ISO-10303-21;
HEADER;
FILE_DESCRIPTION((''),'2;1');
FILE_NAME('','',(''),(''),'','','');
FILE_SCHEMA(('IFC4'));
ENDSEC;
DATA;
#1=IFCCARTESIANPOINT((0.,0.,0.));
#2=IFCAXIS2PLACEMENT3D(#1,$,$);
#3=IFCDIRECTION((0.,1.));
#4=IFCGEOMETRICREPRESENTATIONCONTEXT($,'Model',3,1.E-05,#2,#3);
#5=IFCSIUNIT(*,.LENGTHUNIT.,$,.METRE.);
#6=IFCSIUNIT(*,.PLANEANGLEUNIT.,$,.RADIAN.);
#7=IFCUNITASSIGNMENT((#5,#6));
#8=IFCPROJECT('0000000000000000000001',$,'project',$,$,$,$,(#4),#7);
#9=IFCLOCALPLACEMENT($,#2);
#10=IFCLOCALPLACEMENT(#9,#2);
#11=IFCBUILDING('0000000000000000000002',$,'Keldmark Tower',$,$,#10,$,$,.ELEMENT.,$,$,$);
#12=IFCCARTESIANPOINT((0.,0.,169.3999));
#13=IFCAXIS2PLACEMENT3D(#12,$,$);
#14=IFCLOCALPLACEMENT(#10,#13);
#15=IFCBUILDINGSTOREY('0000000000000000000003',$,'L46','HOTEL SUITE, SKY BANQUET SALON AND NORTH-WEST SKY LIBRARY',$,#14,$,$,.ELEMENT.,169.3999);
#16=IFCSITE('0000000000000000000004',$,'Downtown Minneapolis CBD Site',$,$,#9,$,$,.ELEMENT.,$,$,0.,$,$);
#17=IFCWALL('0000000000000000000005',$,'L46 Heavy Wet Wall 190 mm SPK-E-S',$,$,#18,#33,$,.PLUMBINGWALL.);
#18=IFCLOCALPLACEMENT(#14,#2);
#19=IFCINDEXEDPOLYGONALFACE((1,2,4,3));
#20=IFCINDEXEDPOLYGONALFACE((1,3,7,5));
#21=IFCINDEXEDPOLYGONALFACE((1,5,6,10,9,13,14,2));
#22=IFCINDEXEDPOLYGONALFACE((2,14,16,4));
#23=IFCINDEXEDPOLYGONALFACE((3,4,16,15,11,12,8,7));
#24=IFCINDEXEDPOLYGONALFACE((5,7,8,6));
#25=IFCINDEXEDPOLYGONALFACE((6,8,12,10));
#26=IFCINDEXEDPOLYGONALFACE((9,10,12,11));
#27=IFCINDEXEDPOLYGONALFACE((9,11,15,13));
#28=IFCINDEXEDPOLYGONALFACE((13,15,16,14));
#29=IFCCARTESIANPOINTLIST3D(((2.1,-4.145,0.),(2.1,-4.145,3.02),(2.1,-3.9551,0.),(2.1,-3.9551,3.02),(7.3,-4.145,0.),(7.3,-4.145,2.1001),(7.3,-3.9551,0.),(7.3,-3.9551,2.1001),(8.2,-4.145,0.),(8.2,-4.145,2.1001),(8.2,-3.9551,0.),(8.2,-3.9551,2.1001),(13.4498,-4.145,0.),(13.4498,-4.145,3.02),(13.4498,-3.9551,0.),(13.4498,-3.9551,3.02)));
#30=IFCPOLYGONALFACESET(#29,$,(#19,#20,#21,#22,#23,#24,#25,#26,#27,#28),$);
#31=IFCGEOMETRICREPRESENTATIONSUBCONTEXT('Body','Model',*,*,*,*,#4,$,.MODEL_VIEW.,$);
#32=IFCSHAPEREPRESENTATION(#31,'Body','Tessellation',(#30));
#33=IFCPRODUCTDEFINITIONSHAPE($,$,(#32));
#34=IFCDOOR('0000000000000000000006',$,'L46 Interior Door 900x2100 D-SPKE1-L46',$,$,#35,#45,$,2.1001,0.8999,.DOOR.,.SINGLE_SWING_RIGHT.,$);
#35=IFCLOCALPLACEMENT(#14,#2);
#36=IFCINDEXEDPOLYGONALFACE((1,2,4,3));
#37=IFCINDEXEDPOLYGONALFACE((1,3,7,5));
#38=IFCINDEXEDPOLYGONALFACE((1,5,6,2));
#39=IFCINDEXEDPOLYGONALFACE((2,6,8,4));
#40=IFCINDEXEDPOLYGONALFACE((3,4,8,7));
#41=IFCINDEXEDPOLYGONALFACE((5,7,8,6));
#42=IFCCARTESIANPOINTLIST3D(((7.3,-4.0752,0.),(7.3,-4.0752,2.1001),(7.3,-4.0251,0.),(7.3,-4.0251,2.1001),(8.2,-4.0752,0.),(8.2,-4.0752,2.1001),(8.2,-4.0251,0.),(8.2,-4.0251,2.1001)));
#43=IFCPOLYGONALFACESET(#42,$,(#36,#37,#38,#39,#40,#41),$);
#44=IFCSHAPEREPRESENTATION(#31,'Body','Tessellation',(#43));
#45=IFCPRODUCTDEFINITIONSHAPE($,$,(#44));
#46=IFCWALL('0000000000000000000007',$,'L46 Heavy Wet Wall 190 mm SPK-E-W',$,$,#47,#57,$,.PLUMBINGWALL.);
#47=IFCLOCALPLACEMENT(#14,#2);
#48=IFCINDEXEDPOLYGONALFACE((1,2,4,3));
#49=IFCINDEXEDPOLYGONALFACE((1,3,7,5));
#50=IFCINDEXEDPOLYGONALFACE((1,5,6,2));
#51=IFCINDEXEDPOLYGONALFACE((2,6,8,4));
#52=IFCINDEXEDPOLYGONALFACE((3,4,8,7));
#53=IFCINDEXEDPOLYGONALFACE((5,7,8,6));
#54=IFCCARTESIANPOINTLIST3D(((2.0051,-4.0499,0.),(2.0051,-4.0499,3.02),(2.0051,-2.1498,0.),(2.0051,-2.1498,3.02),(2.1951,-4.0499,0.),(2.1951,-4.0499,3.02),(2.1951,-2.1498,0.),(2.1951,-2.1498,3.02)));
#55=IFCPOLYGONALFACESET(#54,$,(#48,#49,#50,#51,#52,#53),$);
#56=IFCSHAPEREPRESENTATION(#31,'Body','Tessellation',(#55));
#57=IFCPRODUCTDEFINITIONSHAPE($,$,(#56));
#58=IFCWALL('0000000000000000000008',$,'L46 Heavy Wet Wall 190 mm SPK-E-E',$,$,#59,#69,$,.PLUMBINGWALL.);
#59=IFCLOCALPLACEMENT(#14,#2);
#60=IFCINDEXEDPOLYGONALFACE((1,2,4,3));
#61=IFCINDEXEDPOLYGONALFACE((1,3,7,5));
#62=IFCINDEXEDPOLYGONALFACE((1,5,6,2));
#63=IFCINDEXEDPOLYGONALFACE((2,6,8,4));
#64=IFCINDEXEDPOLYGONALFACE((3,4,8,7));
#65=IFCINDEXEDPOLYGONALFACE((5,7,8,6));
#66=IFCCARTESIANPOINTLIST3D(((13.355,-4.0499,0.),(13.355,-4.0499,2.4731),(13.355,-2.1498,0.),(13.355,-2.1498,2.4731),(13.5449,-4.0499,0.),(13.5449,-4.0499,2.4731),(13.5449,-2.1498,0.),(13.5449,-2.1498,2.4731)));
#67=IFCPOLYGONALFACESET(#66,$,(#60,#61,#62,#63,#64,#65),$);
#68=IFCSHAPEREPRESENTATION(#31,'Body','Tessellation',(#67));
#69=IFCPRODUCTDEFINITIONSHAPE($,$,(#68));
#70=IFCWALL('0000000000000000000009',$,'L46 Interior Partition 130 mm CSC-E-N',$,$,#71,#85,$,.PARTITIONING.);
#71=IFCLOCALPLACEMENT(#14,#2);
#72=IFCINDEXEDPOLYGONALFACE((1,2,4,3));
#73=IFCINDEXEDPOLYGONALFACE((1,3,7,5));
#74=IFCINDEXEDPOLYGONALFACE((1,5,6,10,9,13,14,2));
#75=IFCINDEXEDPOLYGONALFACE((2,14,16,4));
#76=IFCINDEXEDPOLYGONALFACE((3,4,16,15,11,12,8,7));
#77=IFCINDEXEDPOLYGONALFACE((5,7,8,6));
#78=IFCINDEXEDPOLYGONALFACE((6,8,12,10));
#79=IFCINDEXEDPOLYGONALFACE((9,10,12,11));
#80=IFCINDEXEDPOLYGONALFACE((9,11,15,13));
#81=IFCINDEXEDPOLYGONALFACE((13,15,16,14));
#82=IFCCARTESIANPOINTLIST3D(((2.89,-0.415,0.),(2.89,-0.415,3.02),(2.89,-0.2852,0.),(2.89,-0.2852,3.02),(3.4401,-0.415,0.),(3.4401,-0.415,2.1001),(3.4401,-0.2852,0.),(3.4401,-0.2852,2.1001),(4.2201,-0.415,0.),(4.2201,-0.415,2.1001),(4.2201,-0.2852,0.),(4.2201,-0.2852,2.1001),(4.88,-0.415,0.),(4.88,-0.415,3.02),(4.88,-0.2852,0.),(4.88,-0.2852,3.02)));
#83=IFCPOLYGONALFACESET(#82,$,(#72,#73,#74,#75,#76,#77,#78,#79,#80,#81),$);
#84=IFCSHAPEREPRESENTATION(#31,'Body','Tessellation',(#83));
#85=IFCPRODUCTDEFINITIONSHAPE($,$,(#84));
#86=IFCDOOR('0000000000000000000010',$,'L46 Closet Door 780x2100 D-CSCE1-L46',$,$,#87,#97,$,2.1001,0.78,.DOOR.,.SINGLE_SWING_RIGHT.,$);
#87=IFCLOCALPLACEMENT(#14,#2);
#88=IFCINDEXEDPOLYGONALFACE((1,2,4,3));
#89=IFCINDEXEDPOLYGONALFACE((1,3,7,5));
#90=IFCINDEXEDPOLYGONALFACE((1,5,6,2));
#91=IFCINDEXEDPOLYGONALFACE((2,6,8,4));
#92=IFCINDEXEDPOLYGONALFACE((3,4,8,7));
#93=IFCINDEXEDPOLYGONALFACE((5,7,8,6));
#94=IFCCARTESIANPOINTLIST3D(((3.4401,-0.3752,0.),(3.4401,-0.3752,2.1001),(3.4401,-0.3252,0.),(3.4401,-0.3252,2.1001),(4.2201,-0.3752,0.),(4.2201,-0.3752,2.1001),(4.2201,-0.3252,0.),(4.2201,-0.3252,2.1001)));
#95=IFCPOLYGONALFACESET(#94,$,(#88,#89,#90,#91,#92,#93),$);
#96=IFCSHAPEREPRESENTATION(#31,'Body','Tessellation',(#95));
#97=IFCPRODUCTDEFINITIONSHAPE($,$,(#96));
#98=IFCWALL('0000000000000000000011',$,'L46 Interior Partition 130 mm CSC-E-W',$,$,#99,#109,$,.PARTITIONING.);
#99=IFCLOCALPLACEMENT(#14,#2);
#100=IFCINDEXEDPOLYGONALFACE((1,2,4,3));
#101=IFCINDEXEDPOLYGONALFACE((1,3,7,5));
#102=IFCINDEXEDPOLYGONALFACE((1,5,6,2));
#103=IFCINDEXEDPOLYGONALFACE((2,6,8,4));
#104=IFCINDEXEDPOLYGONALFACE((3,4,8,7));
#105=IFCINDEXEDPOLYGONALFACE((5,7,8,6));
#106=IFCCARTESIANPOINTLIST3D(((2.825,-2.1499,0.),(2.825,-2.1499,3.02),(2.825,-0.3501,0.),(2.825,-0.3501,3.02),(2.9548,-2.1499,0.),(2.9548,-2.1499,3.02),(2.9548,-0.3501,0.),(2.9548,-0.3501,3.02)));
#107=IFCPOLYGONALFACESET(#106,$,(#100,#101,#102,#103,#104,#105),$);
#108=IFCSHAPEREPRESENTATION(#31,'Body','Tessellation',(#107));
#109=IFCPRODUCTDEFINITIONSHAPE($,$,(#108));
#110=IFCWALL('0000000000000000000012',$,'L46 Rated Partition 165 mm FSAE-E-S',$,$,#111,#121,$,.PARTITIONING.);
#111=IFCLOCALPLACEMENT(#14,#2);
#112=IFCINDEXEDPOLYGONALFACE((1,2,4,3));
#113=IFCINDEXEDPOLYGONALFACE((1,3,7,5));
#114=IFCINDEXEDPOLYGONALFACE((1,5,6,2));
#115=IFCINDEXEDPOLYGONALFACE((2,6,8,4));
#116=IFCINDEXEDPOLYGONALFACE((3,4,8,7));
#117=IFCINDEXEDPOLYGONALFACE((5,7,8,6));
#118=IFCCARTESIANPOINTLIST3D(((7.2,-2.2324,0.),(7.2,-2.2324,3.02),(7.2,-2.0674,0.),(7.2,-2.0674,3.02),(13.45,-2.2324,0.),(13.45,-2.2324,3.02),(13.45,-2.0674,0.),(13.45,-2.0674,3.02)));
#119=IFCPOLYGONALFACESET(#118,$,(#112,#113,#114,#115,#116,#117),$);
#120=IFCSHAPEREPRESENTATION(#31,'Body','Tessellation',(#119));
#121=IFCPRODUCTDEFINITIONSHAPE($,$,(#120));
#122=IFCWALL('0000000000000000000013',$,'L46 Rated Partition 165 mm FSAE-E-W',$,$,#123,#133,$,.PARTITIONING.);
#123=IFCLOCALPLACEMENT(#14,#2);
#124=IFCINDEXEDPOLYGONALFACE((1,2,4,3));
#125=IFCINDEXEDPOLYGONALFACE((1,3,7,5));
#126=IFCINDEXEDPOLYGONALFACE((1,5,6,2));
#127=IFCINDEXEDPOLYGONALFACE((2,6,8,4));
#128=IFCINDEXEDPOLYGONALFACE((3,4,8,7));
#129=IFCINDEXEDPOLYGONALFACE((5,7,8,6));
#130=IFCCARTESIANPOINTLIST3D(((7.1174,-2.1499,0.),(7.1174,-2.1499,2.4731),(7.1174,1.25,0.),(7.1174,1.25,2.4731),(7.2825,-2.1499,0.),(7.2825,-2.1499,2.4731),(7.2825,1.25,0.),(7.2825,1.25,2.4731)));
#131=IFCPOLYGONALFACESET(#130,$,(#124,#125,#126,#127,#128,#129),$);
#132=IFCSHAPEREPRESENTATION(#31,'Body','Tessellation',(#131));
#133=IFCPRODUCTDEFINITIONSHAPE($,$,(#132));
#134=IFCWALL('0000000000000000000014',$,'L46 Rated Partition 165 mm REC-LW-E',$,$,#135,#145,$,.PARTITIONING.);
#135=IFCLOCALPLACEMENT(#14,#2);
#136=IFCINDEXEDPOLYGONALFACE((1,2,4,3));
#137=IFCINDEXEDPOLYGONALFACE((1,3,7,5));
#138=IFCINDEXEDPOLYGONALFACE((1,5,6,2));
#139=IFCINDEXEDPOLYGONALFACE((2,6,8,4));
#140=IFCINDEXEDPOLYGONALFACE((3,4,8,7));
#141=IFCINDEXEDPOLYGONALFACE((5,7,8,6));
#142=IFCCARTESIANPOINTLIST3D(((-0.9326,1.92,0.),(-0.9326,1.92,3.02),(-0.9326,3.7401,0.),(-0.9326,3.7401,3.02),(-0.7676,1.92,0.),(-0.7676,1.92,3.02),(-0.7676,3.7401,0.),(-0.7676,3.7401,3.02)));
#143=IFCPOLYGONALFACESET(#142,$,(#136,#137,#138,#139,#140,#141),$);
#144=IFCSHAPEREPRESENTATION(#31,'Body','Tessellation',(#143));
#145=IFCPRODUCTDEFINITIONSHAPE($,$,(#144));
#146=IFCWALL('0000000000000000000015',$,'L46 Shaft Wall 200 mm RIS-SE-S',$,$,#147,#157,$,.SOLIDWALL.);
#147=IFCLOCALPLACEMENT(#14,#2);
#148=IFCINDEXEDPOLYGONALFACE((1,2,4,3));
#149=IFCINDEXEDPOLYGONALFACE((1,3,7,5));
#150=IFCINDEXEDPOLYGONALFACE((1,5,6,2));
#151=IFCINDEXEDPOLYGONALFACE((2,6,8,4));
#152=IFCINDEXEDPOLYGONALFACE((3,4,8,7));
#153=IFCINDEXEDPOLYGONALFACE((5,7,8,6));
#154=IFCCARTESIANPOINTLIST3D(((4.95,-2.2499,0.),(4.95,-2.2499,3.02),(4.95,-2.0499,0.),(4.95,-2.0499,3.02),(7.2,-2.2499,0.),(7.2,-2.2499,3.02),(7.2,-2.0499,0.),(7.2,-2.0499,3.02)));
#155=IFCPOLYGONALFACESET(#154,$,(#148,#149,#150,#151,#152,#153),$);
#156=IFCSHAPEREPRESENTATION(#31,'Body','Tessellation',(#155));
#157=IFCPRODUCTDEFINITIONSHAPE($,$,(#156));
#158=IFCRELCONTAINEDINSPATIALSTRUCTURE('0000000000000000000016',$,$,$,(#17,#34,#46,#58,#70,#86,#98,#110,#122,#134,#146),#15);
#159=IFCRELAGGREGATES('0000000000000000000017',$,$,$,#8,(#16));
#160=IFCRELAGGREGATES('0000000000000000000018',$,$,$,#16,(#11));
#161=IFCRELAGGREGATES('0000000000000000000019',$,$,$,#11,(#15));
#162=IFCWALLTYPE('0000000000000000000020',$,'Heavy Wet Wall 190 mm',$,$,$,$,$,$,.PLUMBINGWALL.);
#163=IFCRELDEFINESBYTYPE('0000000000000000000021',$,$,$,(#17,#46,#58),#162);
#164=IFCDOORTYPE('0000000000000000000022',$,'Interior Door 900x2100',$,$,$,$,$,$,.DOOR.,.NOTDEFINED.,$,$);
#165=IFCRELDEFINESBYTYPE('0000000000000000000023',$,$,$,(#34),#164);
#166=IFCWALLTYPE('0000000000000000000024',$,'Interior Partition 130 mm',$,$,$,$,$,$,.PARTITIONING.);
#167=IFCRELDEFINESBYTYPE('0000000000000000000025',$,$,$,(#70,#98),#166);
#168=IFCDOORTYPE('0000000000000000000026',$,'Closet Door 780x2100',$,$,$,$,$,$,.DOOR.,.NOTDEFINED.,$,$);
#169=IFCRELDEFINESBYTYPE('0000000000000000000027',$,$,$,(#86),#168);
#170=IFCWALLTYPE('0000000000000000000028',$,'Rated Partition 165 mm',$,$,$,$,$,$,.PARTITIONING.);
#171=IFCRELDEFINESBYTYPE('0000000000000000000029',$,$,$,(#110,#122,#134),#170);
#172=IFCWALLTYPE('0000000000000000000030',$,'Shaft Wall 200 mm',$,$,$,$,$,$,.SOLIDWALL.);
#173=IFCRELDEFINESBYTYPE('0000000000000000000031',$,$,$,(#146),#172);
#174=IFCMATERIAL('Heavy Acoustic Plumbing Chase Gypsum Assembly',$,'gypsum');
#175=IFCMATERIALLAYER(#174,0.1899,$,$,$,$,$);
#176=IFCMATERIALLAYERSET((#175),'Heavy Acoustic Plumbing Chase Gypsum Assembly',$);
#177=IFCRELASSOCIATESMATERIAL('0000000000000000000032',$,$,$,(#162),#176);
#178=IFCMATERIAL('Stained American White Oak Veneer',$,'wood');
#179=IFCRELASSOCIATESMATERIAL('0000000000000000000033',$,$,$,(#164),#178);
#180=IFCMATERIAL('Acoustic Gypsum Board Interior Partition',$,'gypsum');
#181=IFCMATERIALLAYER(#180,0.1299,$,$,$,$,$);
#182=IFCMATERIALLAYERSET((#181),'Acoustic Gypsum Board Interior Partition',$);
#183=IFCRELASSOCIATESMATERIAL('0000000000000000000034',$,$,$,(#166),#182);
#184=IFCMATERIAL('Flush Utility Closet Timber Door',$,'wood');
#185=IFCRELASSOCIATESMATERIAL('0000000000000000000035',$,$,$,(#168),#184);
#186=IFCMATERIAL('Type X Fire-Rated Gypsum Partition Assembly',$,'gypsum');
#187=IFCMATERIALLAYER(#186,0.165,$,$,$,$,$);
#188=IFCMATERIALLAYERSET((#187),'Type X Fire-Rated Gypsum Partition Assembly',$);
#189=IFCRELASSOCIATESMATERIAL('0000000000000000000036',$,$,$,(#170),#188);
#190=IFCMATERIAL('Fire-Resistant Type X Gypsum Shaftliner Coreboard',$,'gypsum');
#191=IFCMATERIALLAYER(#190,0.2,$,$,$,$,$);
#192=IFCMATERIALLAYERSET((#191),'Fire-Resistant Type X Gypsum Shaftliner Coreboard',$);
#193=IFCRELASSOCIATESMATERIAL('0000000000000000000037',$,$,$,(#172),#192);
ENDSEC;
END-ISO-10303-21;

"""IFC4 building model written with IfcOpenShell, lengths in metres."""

from ifc_helpers import new_model, si_unit, direction, frame, frame_2d, origin, place, context, subcontext, project, spatial, rectangle, extrude, material, layer, layer_set, type_object, element, fill, save


model = new_model("IFC4")

# Units and contexts
model_context = context("Model", 3, precision=1e-05, world=origin(), true_north=direction((0.0, 1.0)))
body_context = subcontext(model_context, "Body", "Model", "MODEL_VIEW")
ifc_project = project(units=[si_unit("LENGTHUNIT", "METRE"), si_unit("PLANEANGLEUNIT", "RADIAN")], contexts=[model_context])

# Site, building, storey
site_placement = place(None, origin())
site = spatial("IfcSite", under=ifc_project, at=site_placement, Name="Downtown Minneapolis CBD Site", CompositionType="ELEMENT", RefElevation=0.0)
building_placement = place(site_placement, origin())
building = spatial("IfcBuilding", under=site, at=building_placement, Name="Keldmark Tower", CompositionType="ELEMENT")
storey_placement = place(building_placement, frame((0.0, 0.0, 169.3999)))
storey = spatial("IfcBuildingStorey", under=building, at=storey_placement, Name="L46", Description="HOTEL SUITE, SKY BANQUET SALON AND NORTH-WEST SKY LIBRARY", CompositionType="ELEMENT", Elevation=169.3999)

# Wall, opening, door
ifc_material_1 = material(Name="Heavy Acoustic Plumbing Chase Gypsum Assembly", Category="gypsum")
ifc_layer_1 = layer(ifc_material_1, 0.1899)
ifc_layer_set_1 = layer_set([ifc_layer_1], Name="Heavy Acoustic Plumbing Chase Gypsum Assembly")
wall_type_1 = type_object("IfcWallType", Name="Heavy Wet Wall 190 mm", PredefinedType="PLUMBINGWALL", material=ifc_layer_set_1)
wall_1_placement = place(storey_placement, frame((2.1001, -4.05, 0.0), z_axis=(0.0, 0.0, 1.0), x_axis=(1.0, 0.0, 0.0)))
wall_1 = element("IfcWall", 1, at=wall_1_placement, inside=storey, type_object=wall_type_1, Name="L46 Heavy Wet Wall 190 mm SPK-E-S", PredefinedType="PLUMBINGWALL", context=body_context, shape_type="SweptSolid", body=[
    extrude(rectangle(XDim=11.3499, YDim=0.1899, at=frame_2d((5.6748, 0.0))), origin(), (0.0, 0.0, 1.0), 3.02),
])
opening_1_placement = place(wall_1_placement, frame((5.2, 0.0, 0.0)))
opening_1 = element("IfcOpeningElement", 2, at=opening_1_placement, cuts=wall_1, PredefinedType="OPENING", context=body_context, shape_type="SweptSolid", body=[
    extrude(rectangle(XDim=0.8999, YDim=2.1001, at=frame_2d((0.45, 1.05))), frame((0.0, 0.105, 0.0), z_axis=(0.0, -1.0, 0.0), x_axis=(1.0, 0.0, 0.0)), (0.0, 0.0, 1.0), 0.21),
])
ifc_material_2 = material(Name="Stained American White Oak Veneer", Category="wood")
door_type_1 = type_object("IfcDoorType", Name="Interior Door 900x2100", OperationType="NOTDEFINED", PredefinedType="DOOR", material=ifc_material_2)
door_1_placement = place(opening_1_placement, origin())
door_1 = element("IfcDoor", 3, at=door_1_placement, inside=storey, type_object=door_type_1, Name="L46 Interior Door 900x2100 D-SPKE1-L46", OperationType="SINGLE_SWING_RIGHT", OverallHeight=2.1001, OverallWidth=0.8999, PredefinedType="DOOR", context=body_context, shape_type="SweptSolid", body=[
    extrude(rectangle(XDim=0.8999, YDim=2.1001, at=frame_2d((0.45, 1.05))), frame((0.0, 0.0249, 0.0), z_axis=(0.0, -1.0, 0.0), x_axis=(1.0, 0.0, 0.0)), (0.0, 0.0, 1.0), 0.05),
])
fill(opening_1, door_1)

# Walls
wall_2_placement = place(storey_placement, frame((2.1001, -4.05, 0.0), z_axis=(0.0, 0.0, 1.0), x_axis=(0.0, 1.0, 0.0)))
element("IfcWall", 4, at=wall_2_placement, inside=storey, type_object=wall_type_1, Name="L46 Heavy Wet Wall 190 mm SPK-E-W", PredefinedType="PLUMBINGWALL", context=body_context, shape_type="SweptSolid", body=[
    extrude(rectangle(XDim=1.9001, YDim=0.1899, at=frame_2d((0.9502, 0.0))), origin(), (0.0, 0.0, 1.0), 3.02),
])
wall_3_placement = place(storey_placement, frame((13.45, -4.05, 0.0), z_axis=(0.0, 0.0, 1.0), x_axis=(0.0, 1.0, 0.0)))
element("IfcWall", 5, at=wall_3_placement, inside=storey, type_object=wall_type_1, Name="L46 Heavy Wet Wall 190 mm SPK-E-E", PredefinedType="PLUMBINGWALL", context=body_context, shape_type="SweptSolid", body=[
    extrude(rectangle(XDim=1.9001, YDim=0.1899, at=frame_2d((0.9502, 0.0))), origin(), (0.0, 0.0, 1.0), 2.4731),
])

# Wall, opening, door
ifc_material_3 = material(Name="Acoustic Gypsum Board Interior Partition", Category="gypsum")
ifc_layer_2 = layer(ifc_material_3, 0.1299)
ifc_layer_set_2 = layer_set([ifc_layer_2], Name="Acoustic Gypsum Board Interior Partition")
wall_type_2 = type_object("IfcWallType", Name="Interior Partition 130 mm", PredefinedType="PARTITIONING", material=ifc_layer_set_2)
wall_4_placement = place(storey_placement, frame((2.8899, -0.3501, 0.0), z_axis=(0.0, 0.0, 1.0), x_axis=(1.0, 0.0, 0.0)))
wall_4 = element("IfcWall", 6, at=wall_4_placement, inside=storey, type_object=wall_type_2, Name="L46 Interior Partition 130 mm CSC-E-N", PredefinedType="PARTITIONING", context=body_context, shape_type="SweptSolid", body=[
    extrude(rectangle(XDim=1.99, YDim=0.1299, at=frame_2d((0.9951, 0.0))), origin(), (0.0, 0.0, 1.0), 3.02),
])
opening_2_placement = place(wall_4_placement, frame((0.55, 0.0, 0.0)))
opening_2 = element("IfcOpeningElement", 7, at=opening_2_placement, cuts=wall_4, PredefinedType="OPENING", context=body_context, shape_type="SweptSolid", body=[
    extrude(rectangle(XDim=0.78, YDim=2.1001, at=frame_2d((0.3901, 1.05))), frame((0.0, 0.075, 0.0), z_axis=(0.0, -1.0, 0.0), x_axis=(1.0, 0.0, 0.0)), (0.0, 0.0, 1.0), 0.1499),
])
ifc_material_4 = material(Name="Flush Utility Closet Timber Door", Category="wood")
door_type_2 = type_object("IfcDoorType", Name="Closet Door 780x2100", OperationType="NOTDEFINED", PredefinedType="DOOR", material=ifc_material_4)
door_2_placement = place(opening_2_placement, origin())
door_2 = element("IfcDoor", 8, at=door_2_placement, inside=storey, type_object=door_type_2, Name="L46 Closet Door 780x2100 D-CSCE1-L46", OperationType="SINGLE_SWING_RIGHT", OverallHeight=2.1001, OverallWidth=0.78, PredefinedType="DOOR", context=body_context, shape_type="SweptSolid", body=[
    extrude(rectangle(XDim=0.78, YDim=2.1001, at=frame_2d((0.3901, 1.05))), frame((0.0, 0.0249, 0.0), z_axis=(0.0, -1.0, 0.0), x_axis=(1.0, 0.0, 0.0)), (0.0, 0.0, 1.0), 0.05),
])
fill(opening_2, door_2)

# Walls
wall_5_placement = place(storey_placement, frame((2.8899, -2.1499, 0.0), z_axis=(0.0, 0.0, 1.0), x_axis=(0.0, 1.0, 0.0)))
element("IfcWall", 9, at=wall_5_placement, inside=storey, type_object=wall_type_2, Name="L46 Interior Partition 130 mm CSC-E-W", PredefinedType="PARTITIONING", context=body_context, shape_type="SweptSolid", body=[
    extrude(rectangle(XDim=1.7998, YDim=0.1299, at=frame_2d((0.8999, 0.0))), origin(), (0.0, 0.0, 1.0), 3.02),
])
ifc_material_5 = material(Name="Type X Fire-Rated Gypsum Partition Assembly", Category="gypsum")
ifc_layer_3 = layer(ifc_material_5, 0.165)
ifc_layer_set_3 = layer_set([ifc_layer_3], Name="Type X Fire-Rated Gypsum Partition Assembly")
wall_type_3 = type_object("IfcWallType", Name="Rated Partition 165 mm", PredefinedType="PARTITIONING", material=ifc_layer_set_3)
wall_6_placement = place(storey_placement, frame((7.2, -2.1499, 0.0), z_axis=(0.0, 0.0, 1.0), x_axis=(1.0, 0.0, 0.0)))
element("IfcWall", 10, at=wall_6_placement, inside=storey, type_object=wall_type_3, Name="L46 Rated Partition 165 mm FSAE-E-S", PredefinedType="PARTITIONING", context=body_context, shape_type="SweptSolid", body=[
    extrude(rectangle(XDim=6.25, YDim=0.165, at=frame_2d((3.125, 0.0))), origin(), (0.0, 0.0, 1.0), 3.02),
])
wall_7_placement = place(storey_placement, frame((7.2, -2.1499, 0.0), z_axis=(0.0, 0.0, 1.0), x_axis=(0.0, 1.0, 0.0)))
element("IfcWall", 11, at=wall_7_placement, inside=storey, type_object=wall_type_3, Name="L46 Rated Partition 165 mm FSAE-E-W", PredefinedType="PARTITIONING", context=body_context, shape_type="SweptSolid", body=[
    extrude(rectangle(XDim=3.3999, YDim=0.165, at=frame_2d((1.7, 0.0))), origin(), (0.0, 0.0, 1.0), 2.4731),
])

# Walls
wall_8_placement = place(storey_placement, frame((-0.8501, 1.9199, 0.0), z_axis=(0.0, 0.0, 1.0), x_axis=(0.0, 1.0, 0.0)))
element("IfcWall", 12, at=wall_8_placement, inside=storey, type_object=wall_type_3, Name="L46 Rated Partition 165 mm REC-LW-E", PredefinedType="PARTITIONING", context=body_context, shape_type="SweptSolid", body=[
    extrude(rectangle(XDim=1.8201, YDim=0.165, at=frame_2d((0.9102, 0.0))), origin(), (0.0, 0.0, 1.0), 3.02),
])
ifc_material_6 = material(Name="Fire-Resistant Type X Gypsum Shaftliner Coreboard", Category="gypsum")
ifc_layer_4 = layer(ifc_material_6, 0.2)
ifc_layer_set_4 = layer_set([ifc_layer_4], Name="Fire-Resistant Type X Gypsum Shaftliner Coreboard")
wall_type_4 = type_object("IfcWallType", Name="Shaft Wall 200 mm", PredefinedType="SOLIDWALL", material=ifc_layer_set_4)
wall_9_placement = place(storey_placement, frame((4.95, -2.1499, 0.0), z_axis=(0.0, 0.0, 1.0), x_axis=(1.0, 0.0, 0.0)))
element("IfcWall", 13, at=wall_9_placement, inside=storey, type_object=wall_type_4, Name="L46 Shaft Wall 200 mm RIS-SE-S", PredefinedType="SOLIDWALL", context=body_context, shape_type="SweptSolid", body=[
    extrude(rectangle(XDim=2.25, YDim=0.2, at=frame_2d((1.125, 0.0))), origin(), (0.0, 0.0, 1.0), 3.02),
])

save(model, "model.ifc")
